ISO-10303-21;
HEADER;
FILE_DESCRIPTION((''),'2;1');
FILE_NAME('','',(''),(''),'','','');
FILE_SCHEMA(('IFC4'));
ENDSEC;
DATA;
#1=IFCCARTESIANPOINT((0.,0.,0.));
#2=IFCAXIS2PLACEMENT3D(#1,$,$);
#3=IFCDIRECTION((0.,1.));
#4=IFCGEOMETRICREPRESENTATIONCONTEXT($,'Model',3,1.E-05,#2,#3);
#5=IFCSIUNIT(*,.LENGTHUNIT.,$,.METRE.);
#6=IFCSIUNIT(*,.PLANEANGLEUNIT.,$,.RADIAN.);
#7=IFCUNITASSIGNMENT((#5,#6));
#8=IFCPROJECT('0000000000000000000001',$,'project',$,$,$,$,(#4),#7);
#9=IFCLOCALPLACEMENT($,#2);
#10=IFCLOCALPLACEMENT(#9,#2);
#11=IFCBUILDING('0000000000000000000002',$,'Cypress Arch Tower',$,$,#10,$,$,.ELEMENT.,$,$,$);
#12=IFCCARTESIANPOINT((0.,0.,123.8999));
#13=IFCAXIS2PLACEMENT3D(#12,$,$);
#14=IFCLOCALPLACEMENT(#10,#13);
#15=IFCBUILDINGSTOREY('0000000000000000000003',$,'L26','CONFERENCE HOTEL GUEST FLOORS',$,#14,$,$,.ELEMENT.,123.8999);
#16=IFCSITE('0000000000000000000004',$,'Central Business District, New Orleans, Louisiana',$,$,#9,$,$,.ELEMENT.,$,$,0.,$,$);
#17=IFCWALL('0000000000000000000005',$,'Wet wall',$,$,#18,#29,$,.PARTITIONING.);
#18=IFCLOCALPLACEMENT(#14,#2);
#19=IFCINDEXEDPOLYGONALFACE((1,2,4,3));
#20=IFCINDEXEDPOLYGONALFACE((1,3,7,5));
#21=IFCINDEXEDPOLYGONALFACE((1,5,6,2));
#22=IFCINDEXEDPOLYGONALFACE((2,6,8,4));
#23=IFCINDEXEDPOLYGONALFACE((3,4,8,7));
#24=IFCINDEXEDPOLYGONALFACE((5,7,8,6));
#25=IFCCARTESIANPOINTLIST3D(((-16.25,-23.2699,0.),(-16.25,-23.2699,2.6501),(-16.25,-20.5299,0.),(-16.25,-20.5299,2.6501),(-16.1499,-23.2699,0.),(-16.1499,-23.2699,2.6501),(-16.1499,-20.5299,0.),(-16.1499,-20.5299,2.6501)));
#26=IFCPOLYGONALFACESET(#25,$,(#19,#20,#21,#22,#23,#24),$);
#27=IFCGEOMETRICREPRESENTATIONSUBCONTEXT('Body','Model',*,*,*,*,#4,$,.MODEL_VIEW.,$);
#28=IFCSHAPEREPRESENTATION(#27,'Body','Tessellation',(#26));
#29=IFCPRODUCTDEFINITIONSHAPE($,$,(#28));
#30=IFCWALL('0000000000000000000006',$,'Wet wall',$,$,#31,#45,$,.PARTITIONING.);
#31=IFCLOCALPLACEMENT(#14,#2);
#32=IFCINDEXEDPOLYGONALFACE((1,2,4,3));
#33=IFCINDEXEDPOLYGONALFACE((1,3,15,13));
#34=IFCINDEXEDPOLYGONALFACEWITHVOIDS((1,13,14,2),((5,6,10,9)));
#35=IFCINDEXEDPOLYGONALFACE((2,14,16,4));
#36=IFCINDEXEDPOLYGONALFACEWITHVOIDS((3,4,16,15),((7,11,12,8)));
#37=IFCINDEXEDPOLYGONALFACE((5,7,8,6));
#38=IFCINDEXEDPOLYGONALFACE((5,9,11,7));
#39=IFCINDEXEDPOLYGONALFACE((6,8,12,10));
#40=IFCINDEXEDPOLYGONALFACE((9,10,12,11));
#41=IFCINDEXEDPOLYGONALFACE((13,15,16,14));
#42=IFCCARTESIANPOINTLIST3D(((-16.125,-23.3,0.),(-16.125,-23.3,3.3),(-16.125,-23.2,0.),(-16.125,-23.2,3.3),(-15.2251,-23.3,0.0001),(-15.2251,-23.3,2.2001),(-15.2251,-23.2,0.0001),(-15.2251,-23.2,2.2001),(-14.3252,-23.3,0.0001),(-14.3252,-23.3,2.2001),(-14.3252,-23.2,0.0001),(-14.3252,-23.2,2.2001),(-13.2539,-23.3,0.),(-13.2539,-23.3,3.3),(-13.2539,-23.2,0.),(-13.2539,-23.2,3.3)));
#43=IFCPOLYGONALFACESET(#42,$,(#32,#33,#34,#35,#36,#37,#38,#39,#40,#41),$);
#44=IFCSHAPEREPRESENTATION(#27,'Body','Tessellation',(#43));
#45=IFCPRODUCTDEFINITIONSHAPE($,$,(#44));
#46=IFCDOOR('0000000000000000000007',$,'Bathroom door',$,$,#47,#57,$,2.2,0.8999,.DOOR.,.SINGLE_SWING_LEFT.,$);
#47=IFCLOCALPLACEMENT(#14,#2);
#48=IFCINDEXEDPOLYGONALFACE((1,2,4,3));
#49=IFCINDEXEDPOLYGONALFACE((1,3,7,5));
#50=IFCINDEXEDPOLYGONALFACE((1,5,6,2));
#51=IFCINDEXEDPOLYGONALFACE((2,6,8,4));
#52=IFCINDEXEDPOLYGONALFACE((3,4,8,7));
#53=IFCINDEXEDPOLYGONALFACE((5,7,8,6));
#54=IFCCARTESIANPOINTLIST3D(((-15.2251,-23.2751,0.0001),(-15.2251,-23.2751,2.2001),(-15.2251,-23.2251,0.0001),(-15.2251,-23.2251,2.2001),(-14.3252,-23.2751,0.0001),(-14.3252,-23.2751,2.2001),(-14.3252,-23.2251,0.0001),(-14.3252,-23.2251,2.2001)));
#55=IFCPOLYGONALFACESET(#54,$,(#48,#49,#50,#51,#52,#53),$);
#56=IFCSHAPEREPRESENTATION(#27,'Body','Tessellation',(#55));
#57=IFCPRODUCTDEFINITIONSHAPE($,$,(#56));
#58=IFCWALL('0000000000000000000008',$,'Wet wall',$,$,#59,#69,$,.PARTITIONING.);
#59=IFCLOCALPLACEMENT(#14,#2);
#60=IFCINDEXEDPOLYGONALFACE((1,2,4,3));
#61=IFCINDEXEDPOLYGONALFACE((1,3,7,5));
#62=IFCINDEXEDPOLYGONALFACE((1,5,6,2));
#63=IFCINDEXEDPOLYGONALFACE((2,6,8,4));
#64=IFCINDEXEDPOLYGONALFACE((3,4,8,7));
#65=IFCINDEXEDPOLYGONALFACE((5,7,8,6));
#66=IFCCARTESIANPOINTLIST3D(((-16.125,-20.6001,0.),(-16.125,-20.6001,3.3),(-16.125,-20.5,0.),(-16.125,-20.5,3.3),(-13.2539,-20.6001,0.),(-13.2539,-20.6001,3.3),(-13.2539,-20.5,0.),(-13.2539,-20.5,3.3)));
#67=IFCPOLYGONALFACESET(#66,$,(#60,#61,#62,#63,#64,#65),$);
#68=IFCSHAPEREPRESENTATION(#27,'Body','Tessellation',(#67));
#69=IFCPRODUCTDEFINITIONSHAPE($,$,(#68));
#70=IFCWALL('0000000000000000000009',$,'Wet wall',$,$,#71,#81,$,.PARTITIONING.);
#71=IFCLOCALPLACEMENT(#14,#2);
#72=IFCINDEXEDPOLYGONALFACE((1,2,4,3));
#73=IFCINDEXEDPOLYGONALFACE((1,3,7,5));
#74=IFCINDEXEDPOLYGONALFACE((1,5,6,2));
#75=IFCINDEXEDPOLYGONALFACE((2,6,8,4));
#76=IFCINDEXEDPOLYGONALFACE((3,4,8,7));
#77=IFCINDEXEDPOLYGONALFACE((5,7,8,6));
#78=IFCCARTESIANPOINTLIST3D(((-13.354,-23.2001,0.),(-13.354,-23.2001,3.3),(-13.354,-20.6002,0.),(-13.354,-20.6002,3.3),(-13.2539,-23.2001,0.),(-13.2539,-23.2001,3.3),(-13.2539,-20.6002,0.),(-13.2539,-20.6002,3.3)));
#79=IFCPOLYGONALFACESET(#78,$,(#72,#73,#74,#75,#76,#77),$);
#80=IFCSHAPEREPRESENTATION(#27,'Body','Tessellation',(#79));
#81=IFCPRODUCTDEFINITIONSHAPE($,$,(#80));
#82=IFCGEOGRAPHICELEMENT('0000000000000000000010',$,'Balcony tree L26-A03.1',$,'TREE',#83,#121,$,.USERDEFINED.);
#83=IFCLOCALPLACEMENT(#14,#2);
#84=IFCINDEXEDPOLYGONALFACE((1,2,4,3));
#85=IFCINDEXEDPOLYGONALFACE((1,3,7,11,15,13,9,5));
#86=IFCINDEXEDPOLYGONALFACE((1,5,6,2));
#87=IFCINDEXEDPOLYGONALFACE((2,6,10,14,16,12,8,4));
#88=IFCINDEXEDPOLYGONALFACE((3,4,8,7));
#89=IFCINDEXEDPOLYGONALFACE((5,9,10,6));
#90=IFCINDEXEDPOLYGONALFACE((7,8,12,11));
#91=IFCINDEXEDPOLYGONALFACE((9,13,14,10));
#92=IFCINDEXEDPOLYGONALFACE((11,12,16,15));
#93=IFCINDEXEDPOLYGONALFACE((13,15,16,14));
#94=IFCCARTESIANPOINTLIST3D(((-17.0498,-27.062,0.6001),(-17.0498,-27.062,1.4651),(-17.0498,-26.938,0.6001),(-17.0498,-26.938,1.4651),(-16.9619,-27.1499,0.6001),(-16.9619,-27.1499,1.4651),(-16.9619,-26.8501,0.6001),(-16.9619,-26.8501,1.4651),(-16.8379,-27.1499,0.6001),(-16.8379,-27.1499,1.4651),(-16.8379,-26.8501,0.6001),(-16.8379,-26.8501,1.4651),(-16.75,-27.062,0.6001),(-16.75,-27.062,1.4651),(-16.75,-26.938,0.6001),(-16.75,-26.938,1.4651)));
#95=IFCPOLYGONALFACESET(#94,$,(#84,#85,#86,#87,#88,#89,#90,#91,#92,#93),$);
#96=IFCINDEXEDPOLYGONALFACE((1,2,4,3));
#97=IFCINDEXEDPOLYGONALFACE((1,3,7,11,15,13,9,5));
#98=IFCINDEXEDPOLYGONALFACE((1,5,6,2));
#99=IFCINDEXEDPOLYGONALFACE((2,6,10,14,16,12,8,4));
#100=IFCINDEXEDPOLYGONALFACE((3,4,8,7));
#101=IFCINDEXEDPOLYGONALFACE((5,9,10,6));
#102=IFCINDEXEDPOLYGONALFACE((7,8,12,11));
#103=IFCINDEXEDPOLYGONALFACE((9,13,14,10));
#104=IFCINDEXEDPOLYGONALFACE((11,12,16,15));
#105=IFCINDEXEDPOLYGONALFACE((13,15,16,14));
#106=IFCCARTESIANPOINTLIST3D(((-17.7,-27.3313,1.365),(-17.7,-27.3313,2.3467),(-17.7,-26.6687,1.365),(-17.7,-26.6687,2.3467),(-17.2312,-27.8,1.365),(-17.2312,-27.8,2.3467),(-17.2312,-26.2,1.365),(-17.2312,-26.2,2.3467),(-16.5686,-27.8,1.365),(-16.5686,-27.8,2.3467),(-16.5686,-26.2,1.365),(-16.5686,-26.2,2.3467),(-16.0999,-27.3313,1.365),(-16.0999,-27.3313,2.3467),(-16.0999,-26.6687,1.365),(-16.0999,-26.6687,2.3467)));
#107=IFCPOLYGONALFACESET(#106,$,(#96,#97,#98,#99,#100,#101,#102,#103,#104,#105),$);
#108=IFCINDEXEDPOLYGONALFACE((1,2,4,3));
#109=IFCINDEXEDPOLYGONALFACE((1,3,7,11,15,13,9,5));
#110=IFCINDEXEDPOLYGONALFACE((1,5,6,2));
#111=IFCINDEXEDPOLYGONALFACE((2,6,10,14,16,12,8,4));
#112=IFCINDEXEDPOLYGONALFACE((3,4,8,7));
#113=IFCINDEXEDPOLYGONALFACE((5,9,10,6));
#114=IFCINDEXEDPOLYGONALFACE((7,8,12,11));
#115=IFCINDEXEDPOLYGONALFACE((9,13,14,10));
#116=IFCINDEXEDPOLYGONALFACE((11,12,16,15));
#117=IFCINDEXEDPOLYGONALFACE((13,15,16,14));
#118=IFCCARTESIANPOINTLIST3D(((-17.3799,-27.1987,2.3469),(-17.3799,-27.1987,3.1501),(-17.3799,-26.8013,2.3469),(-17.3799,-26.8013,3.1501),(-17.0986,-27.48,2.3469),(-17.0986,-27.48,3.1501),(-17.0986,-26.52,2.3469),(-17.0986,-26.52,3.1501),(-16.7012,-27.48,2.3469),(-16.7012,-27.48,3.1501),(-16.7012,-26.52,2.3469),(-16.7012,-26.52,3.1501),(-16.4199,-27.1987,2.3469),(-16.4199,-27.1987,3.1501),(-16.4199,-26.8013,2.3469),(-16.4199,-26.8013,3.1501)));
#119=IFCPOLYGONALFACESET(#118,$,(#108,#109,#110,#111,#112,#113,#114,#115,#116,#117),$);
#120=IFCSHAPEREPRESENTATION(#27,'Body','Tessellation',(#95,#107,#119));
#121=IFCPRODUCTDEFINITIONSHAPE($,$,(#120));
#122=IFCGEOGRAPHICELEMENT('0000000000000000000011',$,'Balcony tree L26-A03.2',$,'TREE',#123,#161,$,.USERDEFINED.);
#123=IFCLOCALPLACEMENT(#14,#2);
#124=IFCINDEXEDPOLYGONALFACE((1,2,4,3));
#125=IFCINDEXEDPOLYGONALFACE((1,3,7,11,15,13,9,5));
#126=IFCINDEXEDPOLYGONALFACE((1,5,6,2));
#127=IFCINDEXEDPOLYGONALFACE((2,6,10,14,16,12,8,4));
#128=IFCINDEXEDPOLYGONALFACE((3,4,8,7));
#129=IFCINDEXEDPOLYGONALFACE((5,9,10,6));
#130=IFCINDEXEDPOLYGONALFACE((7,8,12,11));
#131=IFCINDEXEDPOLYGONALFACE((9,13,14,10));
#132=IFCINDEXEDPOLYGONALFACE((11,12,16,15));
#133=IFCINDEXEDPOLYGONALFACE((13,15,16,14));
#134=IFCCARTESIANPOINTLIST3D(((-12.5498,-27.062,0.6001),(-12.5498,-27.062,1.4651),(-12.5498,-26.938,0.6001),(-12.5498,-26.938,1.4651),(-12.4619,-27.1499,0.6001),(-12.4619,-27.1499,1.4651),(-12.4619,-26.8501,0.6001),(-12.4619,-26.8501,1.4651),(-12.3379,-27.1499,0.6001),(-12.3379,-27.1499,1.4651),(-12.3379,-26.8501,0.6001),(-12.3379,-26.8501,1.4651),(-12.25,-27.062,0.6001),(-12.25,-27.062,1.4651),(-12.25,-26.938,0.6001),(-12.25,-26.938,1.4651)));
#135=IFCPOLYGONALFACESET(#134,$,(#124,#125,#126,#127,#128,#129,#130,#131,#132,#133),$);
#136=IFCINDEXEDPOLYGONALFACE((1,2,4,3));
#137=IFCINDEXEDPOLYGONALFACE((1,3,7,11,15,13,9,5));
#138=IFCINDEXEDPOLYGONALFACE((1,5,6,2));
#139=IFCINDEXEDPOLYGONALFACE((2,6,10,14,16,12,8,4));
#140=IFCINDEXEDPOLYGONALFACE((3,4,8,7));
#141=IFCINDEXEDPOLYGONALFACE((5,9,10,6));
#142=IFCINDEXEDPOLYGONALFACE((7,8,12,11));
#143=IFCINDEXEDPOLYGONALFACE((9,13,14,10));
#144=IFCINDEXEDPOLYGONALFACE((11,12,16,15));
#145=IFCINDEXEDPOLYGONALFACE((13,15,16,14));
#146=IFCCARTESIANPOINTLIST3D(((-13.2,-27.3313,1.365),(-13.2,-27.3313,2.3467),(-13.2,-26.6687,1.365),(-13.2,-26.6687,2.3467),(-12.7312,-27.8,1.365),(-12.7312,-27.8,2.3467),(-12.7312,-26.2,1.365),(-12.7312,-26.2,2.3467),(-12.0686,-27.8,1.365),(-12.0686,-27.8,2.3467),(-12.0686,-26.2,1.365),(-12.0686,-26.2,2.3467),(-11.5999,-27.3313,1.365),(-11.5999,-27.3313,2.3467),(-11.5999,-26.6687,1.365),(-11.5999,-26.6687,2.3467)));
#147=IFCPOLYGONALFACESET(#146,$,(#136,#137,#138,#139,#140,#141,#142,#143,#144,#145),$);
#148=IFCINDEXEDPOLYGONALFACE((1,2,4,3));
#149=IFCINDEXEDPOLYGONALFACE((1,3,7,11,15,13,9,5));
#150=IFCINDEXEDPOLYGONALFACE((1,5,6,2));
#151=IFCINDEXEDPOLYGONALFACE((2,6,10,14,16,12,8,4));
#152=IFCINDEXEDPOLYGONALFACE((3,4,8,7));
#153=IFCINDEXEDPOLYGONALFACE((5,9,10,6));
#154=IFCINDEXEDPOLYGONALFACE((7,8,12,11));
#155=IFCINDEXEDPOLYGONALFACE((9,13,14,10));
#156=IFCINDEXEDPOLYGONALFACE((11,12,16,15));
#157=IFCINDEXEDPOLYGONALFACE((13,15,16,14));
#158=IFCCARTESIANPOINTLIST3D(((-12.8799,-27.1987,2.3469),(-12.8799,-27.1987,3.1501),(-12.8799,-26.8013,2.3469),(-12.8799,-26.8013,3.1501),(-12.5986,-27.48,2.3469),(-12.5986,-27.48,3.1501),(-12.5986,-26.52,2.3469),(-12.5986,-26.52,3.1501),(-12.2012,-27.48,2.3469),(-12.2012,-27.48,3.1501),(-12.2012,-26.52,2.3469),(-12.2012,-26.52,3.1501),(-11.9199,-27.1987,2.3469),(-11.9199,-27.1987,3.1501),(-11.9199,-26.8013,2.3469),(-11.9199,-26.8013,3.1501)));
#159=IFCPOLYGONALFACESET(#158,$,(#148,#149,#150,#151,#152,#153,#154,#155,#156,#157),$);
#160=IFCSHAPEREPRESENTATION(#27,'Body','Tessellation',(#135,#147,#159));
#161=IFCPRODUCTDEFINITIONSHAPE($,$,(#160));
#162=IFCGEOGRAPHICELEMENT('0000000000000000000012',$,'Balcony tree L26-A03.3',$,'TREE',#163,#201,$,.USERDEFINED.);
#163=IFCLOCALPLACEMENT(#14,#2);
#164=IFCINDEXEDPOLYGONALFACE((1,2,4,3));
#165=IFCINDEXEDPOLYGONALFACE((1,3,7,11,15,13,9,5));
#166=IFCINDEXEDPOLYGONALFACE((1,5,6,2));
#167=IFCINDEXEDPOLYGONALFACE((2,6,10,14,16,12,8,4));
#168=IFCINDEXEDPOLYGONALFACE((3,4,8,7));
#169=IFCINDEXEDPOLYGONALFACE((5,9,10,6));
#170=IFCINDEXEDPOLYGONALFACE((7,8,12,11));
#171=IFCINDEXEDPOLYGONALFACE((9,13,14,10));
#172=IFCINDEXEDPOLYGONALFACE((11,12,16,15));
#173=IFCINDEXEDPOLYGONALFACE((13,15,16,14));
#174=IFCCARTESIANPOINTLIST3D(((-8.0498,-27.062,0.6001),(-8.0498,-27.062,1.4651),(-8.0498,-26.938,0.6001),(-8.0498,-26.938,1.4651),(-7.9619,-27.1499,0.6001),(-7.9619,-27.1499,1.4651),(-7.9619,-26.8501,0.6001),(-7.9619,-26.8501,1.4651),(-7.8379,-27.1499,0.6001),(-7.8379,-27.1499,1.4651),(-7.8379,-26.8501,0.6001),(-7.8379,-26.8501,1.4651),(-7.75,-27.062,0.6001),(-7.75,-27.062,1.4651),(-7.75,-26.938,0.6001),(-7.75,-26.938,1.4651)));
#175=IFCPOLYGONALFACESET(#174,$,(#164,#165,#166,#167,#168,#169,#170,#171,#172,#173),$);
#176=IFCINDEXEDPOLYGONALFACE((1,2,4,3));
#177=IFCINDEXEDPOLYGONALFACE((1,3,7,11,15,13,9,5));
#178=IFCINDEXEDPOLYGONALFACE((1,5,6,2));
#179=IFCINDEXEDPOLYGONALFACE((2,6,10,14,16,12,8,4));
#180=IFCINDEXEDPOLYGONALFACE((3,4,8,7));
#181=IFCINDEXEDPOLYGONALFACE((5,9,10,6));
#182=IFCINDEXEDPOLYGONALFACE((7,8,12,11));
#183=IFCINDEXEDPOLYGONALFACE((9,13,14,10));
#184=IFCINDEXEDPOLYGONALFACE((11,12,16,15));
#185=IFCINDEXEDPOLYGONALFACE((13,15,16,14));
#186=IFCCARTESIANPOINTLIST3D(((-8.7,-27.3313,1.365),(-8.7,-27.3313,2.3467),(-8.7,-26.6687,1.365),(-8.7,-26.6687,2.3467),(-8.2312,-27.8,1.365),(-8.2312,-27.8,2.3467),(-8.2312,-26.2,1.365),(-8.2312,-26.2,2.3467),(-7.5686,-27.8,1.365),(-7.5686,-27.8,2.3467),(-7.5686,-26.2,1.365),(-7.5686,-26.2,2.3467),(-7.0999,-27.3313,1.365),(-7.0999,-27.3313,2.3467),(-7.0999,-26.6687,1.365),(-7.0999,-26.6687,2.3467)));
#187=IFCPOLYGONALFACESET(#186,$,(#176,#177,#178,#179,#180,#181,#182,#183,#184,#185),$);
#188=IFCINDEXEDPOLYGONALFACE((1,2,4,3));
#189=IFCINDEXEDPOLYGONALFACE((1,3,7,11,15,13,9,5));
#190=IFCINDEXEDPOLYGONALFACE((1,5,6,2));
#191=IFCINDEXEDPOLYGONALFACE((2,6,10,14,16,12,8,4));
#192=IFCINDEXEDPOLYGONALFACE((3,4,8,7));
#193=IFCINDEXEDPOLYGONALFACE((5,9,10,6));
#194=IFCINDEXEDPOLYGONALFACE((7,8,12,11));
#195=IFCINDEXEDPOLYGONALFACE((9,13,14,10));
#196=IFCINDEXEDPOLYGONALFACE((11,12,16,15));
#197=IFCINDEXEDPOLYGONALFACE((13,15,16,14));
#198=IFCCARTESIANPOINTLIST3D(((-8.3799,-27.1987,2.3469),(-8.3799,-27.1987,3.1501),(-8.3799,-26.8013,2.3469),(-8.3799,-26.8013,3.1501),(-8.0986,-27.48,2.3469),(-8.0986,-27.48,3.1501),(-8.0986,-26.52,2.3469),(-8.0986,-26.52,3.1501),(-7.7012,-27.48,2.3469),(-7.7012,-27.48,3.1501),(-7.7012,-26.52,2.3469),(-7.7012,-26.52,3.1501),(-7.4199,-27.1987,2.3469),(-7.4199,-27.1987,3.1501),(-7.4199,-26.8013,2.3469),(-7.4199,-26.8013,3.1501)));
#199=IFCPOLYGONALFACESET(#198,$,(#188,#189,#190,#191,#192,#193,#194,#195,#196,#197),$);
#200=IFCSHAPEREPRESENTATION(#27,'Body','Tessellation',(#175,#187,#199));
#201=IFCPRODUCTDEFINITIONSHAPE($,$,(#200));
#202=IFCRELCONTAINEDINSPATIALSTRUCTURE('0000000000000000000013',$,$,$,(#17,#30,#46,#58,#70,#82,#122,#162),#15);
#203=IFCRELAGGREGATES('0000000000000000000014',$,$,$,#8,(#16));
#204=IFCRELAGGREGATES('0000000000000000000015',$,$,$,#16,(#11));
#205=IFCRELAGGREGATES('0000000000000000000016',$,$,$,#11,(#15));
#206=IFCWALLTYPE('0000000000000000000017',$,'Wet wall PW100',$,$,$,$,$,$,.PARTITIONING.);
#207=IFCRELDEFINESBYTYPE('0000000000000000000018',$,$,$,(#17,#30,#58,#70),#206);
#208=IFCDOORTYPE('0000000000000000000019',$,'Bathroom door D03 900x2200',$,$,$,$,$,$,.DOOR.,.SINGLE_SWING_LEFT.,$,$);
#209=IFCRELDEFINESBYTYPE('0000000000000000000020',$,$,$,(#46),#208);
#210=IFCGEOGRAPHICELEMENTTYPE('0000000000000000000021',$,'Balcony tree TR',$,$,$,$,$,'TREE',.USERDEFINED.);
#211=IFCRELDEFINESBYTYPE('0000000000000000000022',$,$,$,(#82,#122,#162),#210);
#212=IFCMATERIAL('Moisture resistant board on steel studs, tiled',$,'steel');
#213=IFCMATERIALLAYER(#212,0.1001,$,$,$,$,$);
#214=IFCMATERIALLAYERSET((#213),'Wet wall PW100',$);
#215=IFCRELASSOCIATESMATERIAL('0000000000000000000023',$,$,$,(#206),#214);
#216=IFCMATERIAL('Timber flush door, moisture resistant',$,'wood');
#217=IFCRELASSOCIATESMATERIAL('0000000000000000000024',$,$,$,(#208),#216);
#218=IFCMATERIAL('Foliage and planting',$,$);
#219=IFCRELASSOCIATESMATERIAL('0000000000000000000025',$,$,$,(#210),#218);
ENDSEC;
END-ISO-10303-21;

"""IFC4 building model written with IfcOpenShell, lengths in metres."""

from ifc_helpers import new_model, si_unit, direction, frame, frame_2d, origin, place, context, subcontext, project, spatial, polyline, rectangle, outline, extrude, material, layer, layer_set, type_object, element, fill, save


model = new_model("IFC4")

# Units and contexts
model_context = context("Model", 3, precision=1e-05, world=origin(), true_north=direction((0.0, 1.0)))
body_context = subcontext(model_context, "Body", "Model", "MODEL_VIEW")
ifc_project = project(units=[si_unit("LENGTHUNIT", "METRE"), si_unit("PLANEANGLEUNIT", "RADIAN")], contexts=[model_context])

# Site, building, storey
site_placement = place(None, origin())
site = spatial("IfcSite", under=ifc_project, at=site_placement, Name="Central Business District, New Orleans, Louisiana", CompositionType="ELEMENT", RefElevation=0.0)
building_placement = place(site_placement, origin())
building = spatial("IfcBuilding", under=site, at=building_placement, Name="Cypress Arch Tower", CompositionType="ELEMENT")
storey_placement = place(building_placement, frame((0.0, 0.0, 123.8999)))
storey = spatial("IfcBuildingStorey", under=building, at=storey_placement, Name="L26", Description="CONFERENCE HOTEL GUEST FLOORS", CompositionType="ELEMENT", Elevation=123.8999)

# Wall
ifc_material_1 = material(Name="Moisture resistant board on steel studs, tiled", Category="steel")
ifc_layer_1 = layer(ifc_material_1, 0.1001)
ifc_layer_set_1 = layer_set([ifc_layer_1], Name="Wet wall PW100")
wall_type_1 = type_object("IfcWallType", Name="Wet wall PW100", PredefinedType="PARTITIONING", material=ifc_layer_set_1)
wall_1_placement = place(storey_placement, frame((-16.2, -23.27, 0.0), z_axis=(0.0, 0.0, 1.0), x_axis=(0.0, 1.0, 0.0)))
element("IfcWall", 1, at=wall_1_placement, inside=storey, type_object=wall_type_1, Name="Wet wall", PredefinedType="PARTITIONING", context=body_context, shape_type="SweptSolid", body=[
    extrude(rectangle(XDim=2.74, YDim=0.1001, at=frame_2d((1.3701, 0.0))), origin(), (0.0, 0.0, 1.0), 2.6501),
])

# Wall, opening, door
wall_2_placement = place(storey_placement, frame((-16.125, -23.25, 0.0), z_axis=(0.0, 0.0, 1.0), x_axis=(1.0, 0.0, 0.0)))
wall_2 = element("IfcWall", 2, at=wall_2_placement, inside=storey, type_object=wall_type_1, Name="Wet wall", PredefinedType="PARTITIONING", context=body_context, shape_type="SweptSolid", body=[
    extrude(rectangle(XDim=2.8711, YDim=0.1001, at=frame_2d((1.4355, 0.0))), origin(), (0.0, 0.0, 1.0), 3.3),
])
opening_1_placement = place(wall_2_placement, frame((0.8999, 0.0, 0.0)))
opening_1 = element("IfcOpeningElement", 3, at=opening_1_placement, cuts=wall_2, PredefinedType="OPENING", context=body_context, shape_type="SweptSolid", body=[
    extrude(rectangle(XDim=0.8999, YDim=2.2, at=frame_2d((0.45, 1.1001))), frame((0.0, 0.0601, 0.0), z_axis=(0.0, -1.0, 0.0), x_axis=(1.0, 0.0, 0.0)), (0.0, 0.0, 1.0), 0.1201),
])
ifc_material_2 = material(Name="Timber flush door, moisture resistant", Category="wood")
door_type_1 = type_object("IfcDoorType", Name="Bathroom door D03 900x2200", OperationType="SINGLE_SWING_LEFT", PredefinedType="DOOR", material=ifc_material_2)
door_1_placement = place(opening_1_placement, origin())
door_1 = element("IfcDoor", 4, at=door_1_placement, inside=storey, type_object=door_type_1, Name="Bathroom door", OperationType="SINGLE_SWING_LEFT", OverallHeight=2.2, OverallWidth=0.8999, PredefinedType="DOOR", context=body_context, shape_type="SweptSolid", body=[
    extrude(rectangle(XDim=0.8999, YDim=2.2, at=frame_2d((0.45, 1.1001))), frame((0.0, 0.0249, 0.0), z_axis=(0.0, -1.0, 0.0), x_axis=(1.0, 0.0, 0.0)), (0.0, 0.0, 1.0), 0.05),
])
fill(opening_1, door_1)

# Walls
wall_3_placement = place(storey_placement, frame((-16.125, -20.55, 0.0), z_axis=(0.0, 0.0, 1.0), x_axis=(1.0, 0.0, 0.0)))
element("IfcWall", 5, at=wall_3_placement, inside=storey, type_object=wall_type_1, Name="Wet wall", PredefinedType="PARTITIONING", context=body_context, shape_type="SweptSolid", body=[
    extrude(rectangle(XDim=2.8711, YDim=0.1001, at=frame_2d((1.4355, 0.0))), origin(), (0.0, 0.0, 1.0), 3.3),
])
wall_4_placement = place(storey_placement, frame((-13.304, -23.2, 0.0), z_axis=(0.0, 0.0, 1.0), x_axis=(0.0, 1.0, 0.0)))
element("IfcWall", 6, at=wall_4_placement, inside=storey, type_object=wall_type_1, Name="Wet wall", PredefinedType="PARTITIONING", context=body_context, shape_type="SweptSolid", body=[
    extrude(rectangle(XDim=2.5999, YDim=0.1001, at=frame_2d((1.2998, 0.0))), origin(), (0.0, 0.0, 1.0), 3.3),
])

# Geographic elements
ifc_material_3 = material(Name="Foliage and planting")
geographic_element_type = type_object("IfcGeographicElementType", Name="Balcony tree TR", ElementType="TREE", PredefinedType="USERDEFINED", material=ifc_material_3)
for number, where, z_axis, x_axis, name in (
    (7, (-16.8999, -27.0, 0.6001), (0.0, 0.0, 1.0), (1.0, 0.0, 0.0), "Balcony tree L26-A03.1"),
    (8, (-12.3999, -27.0, 0.6001), (0.0, 0.0, 1.0), (1.0, 0.0, 0.0), "Balcony tree L26-A03.2"),
    (9, (-7.8999, -27.0, 0.6001), (0.0, 0.0, 1.0), (1.0, 0.0, 0.0), "Balcony tree L26-A03.3"),
):
    element("IfcGeographicElement", number, at=place(storey_placement, frame(where, z_axis=z_axis, x_axis=x_axis)), inside=storey, type_object=geographic_element_type, Name=name, ObjectType="TREE", PredefinedType="USERDEFINED", context=body_context, shape_type="SweptSolid", body=[
        extrude(outline(polyline([(0.1499, 0.062), (0.062, 0.1499), (-0.062, 0.1499), (-0.1499, 0.062), (-0.1499, -0.062), (-0.062, -0.1499), (0.062, -0.1499), (0.1499, -0.062), (0.1499, 0.062)])), origin(), (0.0, 0.0, 1.0), 0.865),
        extrude(outline(polyline([(0.8, 0.3313), (0.3313, 0.8), (-0.3313, 0.8), (-0.8, 0.3313), (-0.8, -0.3313), (-0.3313, -0.8), (0.3313, -0.8), (0.8, -0.3313), (0.8, 0.3313)])), frame((0.0, 0.0, 0.7649)), (0.0, 0.0, 1.0), 0.9817),
        extrude(outline(polyline([(0.48, 0.1987), (0.1987, 0.48), (-0.1987, 0.48), (-0.48, 0.1987), (-0.48, -0.1987), (-0.1987, -0.48), (0.1987, -0.48), (0.48, -0.1987), (0.48, 0.1987)])), frame((0.0, 0.0, 1.7468)), (0.0, 0.0, 1.0), 0.8032),
    ])

save(model, "model.ifc")
